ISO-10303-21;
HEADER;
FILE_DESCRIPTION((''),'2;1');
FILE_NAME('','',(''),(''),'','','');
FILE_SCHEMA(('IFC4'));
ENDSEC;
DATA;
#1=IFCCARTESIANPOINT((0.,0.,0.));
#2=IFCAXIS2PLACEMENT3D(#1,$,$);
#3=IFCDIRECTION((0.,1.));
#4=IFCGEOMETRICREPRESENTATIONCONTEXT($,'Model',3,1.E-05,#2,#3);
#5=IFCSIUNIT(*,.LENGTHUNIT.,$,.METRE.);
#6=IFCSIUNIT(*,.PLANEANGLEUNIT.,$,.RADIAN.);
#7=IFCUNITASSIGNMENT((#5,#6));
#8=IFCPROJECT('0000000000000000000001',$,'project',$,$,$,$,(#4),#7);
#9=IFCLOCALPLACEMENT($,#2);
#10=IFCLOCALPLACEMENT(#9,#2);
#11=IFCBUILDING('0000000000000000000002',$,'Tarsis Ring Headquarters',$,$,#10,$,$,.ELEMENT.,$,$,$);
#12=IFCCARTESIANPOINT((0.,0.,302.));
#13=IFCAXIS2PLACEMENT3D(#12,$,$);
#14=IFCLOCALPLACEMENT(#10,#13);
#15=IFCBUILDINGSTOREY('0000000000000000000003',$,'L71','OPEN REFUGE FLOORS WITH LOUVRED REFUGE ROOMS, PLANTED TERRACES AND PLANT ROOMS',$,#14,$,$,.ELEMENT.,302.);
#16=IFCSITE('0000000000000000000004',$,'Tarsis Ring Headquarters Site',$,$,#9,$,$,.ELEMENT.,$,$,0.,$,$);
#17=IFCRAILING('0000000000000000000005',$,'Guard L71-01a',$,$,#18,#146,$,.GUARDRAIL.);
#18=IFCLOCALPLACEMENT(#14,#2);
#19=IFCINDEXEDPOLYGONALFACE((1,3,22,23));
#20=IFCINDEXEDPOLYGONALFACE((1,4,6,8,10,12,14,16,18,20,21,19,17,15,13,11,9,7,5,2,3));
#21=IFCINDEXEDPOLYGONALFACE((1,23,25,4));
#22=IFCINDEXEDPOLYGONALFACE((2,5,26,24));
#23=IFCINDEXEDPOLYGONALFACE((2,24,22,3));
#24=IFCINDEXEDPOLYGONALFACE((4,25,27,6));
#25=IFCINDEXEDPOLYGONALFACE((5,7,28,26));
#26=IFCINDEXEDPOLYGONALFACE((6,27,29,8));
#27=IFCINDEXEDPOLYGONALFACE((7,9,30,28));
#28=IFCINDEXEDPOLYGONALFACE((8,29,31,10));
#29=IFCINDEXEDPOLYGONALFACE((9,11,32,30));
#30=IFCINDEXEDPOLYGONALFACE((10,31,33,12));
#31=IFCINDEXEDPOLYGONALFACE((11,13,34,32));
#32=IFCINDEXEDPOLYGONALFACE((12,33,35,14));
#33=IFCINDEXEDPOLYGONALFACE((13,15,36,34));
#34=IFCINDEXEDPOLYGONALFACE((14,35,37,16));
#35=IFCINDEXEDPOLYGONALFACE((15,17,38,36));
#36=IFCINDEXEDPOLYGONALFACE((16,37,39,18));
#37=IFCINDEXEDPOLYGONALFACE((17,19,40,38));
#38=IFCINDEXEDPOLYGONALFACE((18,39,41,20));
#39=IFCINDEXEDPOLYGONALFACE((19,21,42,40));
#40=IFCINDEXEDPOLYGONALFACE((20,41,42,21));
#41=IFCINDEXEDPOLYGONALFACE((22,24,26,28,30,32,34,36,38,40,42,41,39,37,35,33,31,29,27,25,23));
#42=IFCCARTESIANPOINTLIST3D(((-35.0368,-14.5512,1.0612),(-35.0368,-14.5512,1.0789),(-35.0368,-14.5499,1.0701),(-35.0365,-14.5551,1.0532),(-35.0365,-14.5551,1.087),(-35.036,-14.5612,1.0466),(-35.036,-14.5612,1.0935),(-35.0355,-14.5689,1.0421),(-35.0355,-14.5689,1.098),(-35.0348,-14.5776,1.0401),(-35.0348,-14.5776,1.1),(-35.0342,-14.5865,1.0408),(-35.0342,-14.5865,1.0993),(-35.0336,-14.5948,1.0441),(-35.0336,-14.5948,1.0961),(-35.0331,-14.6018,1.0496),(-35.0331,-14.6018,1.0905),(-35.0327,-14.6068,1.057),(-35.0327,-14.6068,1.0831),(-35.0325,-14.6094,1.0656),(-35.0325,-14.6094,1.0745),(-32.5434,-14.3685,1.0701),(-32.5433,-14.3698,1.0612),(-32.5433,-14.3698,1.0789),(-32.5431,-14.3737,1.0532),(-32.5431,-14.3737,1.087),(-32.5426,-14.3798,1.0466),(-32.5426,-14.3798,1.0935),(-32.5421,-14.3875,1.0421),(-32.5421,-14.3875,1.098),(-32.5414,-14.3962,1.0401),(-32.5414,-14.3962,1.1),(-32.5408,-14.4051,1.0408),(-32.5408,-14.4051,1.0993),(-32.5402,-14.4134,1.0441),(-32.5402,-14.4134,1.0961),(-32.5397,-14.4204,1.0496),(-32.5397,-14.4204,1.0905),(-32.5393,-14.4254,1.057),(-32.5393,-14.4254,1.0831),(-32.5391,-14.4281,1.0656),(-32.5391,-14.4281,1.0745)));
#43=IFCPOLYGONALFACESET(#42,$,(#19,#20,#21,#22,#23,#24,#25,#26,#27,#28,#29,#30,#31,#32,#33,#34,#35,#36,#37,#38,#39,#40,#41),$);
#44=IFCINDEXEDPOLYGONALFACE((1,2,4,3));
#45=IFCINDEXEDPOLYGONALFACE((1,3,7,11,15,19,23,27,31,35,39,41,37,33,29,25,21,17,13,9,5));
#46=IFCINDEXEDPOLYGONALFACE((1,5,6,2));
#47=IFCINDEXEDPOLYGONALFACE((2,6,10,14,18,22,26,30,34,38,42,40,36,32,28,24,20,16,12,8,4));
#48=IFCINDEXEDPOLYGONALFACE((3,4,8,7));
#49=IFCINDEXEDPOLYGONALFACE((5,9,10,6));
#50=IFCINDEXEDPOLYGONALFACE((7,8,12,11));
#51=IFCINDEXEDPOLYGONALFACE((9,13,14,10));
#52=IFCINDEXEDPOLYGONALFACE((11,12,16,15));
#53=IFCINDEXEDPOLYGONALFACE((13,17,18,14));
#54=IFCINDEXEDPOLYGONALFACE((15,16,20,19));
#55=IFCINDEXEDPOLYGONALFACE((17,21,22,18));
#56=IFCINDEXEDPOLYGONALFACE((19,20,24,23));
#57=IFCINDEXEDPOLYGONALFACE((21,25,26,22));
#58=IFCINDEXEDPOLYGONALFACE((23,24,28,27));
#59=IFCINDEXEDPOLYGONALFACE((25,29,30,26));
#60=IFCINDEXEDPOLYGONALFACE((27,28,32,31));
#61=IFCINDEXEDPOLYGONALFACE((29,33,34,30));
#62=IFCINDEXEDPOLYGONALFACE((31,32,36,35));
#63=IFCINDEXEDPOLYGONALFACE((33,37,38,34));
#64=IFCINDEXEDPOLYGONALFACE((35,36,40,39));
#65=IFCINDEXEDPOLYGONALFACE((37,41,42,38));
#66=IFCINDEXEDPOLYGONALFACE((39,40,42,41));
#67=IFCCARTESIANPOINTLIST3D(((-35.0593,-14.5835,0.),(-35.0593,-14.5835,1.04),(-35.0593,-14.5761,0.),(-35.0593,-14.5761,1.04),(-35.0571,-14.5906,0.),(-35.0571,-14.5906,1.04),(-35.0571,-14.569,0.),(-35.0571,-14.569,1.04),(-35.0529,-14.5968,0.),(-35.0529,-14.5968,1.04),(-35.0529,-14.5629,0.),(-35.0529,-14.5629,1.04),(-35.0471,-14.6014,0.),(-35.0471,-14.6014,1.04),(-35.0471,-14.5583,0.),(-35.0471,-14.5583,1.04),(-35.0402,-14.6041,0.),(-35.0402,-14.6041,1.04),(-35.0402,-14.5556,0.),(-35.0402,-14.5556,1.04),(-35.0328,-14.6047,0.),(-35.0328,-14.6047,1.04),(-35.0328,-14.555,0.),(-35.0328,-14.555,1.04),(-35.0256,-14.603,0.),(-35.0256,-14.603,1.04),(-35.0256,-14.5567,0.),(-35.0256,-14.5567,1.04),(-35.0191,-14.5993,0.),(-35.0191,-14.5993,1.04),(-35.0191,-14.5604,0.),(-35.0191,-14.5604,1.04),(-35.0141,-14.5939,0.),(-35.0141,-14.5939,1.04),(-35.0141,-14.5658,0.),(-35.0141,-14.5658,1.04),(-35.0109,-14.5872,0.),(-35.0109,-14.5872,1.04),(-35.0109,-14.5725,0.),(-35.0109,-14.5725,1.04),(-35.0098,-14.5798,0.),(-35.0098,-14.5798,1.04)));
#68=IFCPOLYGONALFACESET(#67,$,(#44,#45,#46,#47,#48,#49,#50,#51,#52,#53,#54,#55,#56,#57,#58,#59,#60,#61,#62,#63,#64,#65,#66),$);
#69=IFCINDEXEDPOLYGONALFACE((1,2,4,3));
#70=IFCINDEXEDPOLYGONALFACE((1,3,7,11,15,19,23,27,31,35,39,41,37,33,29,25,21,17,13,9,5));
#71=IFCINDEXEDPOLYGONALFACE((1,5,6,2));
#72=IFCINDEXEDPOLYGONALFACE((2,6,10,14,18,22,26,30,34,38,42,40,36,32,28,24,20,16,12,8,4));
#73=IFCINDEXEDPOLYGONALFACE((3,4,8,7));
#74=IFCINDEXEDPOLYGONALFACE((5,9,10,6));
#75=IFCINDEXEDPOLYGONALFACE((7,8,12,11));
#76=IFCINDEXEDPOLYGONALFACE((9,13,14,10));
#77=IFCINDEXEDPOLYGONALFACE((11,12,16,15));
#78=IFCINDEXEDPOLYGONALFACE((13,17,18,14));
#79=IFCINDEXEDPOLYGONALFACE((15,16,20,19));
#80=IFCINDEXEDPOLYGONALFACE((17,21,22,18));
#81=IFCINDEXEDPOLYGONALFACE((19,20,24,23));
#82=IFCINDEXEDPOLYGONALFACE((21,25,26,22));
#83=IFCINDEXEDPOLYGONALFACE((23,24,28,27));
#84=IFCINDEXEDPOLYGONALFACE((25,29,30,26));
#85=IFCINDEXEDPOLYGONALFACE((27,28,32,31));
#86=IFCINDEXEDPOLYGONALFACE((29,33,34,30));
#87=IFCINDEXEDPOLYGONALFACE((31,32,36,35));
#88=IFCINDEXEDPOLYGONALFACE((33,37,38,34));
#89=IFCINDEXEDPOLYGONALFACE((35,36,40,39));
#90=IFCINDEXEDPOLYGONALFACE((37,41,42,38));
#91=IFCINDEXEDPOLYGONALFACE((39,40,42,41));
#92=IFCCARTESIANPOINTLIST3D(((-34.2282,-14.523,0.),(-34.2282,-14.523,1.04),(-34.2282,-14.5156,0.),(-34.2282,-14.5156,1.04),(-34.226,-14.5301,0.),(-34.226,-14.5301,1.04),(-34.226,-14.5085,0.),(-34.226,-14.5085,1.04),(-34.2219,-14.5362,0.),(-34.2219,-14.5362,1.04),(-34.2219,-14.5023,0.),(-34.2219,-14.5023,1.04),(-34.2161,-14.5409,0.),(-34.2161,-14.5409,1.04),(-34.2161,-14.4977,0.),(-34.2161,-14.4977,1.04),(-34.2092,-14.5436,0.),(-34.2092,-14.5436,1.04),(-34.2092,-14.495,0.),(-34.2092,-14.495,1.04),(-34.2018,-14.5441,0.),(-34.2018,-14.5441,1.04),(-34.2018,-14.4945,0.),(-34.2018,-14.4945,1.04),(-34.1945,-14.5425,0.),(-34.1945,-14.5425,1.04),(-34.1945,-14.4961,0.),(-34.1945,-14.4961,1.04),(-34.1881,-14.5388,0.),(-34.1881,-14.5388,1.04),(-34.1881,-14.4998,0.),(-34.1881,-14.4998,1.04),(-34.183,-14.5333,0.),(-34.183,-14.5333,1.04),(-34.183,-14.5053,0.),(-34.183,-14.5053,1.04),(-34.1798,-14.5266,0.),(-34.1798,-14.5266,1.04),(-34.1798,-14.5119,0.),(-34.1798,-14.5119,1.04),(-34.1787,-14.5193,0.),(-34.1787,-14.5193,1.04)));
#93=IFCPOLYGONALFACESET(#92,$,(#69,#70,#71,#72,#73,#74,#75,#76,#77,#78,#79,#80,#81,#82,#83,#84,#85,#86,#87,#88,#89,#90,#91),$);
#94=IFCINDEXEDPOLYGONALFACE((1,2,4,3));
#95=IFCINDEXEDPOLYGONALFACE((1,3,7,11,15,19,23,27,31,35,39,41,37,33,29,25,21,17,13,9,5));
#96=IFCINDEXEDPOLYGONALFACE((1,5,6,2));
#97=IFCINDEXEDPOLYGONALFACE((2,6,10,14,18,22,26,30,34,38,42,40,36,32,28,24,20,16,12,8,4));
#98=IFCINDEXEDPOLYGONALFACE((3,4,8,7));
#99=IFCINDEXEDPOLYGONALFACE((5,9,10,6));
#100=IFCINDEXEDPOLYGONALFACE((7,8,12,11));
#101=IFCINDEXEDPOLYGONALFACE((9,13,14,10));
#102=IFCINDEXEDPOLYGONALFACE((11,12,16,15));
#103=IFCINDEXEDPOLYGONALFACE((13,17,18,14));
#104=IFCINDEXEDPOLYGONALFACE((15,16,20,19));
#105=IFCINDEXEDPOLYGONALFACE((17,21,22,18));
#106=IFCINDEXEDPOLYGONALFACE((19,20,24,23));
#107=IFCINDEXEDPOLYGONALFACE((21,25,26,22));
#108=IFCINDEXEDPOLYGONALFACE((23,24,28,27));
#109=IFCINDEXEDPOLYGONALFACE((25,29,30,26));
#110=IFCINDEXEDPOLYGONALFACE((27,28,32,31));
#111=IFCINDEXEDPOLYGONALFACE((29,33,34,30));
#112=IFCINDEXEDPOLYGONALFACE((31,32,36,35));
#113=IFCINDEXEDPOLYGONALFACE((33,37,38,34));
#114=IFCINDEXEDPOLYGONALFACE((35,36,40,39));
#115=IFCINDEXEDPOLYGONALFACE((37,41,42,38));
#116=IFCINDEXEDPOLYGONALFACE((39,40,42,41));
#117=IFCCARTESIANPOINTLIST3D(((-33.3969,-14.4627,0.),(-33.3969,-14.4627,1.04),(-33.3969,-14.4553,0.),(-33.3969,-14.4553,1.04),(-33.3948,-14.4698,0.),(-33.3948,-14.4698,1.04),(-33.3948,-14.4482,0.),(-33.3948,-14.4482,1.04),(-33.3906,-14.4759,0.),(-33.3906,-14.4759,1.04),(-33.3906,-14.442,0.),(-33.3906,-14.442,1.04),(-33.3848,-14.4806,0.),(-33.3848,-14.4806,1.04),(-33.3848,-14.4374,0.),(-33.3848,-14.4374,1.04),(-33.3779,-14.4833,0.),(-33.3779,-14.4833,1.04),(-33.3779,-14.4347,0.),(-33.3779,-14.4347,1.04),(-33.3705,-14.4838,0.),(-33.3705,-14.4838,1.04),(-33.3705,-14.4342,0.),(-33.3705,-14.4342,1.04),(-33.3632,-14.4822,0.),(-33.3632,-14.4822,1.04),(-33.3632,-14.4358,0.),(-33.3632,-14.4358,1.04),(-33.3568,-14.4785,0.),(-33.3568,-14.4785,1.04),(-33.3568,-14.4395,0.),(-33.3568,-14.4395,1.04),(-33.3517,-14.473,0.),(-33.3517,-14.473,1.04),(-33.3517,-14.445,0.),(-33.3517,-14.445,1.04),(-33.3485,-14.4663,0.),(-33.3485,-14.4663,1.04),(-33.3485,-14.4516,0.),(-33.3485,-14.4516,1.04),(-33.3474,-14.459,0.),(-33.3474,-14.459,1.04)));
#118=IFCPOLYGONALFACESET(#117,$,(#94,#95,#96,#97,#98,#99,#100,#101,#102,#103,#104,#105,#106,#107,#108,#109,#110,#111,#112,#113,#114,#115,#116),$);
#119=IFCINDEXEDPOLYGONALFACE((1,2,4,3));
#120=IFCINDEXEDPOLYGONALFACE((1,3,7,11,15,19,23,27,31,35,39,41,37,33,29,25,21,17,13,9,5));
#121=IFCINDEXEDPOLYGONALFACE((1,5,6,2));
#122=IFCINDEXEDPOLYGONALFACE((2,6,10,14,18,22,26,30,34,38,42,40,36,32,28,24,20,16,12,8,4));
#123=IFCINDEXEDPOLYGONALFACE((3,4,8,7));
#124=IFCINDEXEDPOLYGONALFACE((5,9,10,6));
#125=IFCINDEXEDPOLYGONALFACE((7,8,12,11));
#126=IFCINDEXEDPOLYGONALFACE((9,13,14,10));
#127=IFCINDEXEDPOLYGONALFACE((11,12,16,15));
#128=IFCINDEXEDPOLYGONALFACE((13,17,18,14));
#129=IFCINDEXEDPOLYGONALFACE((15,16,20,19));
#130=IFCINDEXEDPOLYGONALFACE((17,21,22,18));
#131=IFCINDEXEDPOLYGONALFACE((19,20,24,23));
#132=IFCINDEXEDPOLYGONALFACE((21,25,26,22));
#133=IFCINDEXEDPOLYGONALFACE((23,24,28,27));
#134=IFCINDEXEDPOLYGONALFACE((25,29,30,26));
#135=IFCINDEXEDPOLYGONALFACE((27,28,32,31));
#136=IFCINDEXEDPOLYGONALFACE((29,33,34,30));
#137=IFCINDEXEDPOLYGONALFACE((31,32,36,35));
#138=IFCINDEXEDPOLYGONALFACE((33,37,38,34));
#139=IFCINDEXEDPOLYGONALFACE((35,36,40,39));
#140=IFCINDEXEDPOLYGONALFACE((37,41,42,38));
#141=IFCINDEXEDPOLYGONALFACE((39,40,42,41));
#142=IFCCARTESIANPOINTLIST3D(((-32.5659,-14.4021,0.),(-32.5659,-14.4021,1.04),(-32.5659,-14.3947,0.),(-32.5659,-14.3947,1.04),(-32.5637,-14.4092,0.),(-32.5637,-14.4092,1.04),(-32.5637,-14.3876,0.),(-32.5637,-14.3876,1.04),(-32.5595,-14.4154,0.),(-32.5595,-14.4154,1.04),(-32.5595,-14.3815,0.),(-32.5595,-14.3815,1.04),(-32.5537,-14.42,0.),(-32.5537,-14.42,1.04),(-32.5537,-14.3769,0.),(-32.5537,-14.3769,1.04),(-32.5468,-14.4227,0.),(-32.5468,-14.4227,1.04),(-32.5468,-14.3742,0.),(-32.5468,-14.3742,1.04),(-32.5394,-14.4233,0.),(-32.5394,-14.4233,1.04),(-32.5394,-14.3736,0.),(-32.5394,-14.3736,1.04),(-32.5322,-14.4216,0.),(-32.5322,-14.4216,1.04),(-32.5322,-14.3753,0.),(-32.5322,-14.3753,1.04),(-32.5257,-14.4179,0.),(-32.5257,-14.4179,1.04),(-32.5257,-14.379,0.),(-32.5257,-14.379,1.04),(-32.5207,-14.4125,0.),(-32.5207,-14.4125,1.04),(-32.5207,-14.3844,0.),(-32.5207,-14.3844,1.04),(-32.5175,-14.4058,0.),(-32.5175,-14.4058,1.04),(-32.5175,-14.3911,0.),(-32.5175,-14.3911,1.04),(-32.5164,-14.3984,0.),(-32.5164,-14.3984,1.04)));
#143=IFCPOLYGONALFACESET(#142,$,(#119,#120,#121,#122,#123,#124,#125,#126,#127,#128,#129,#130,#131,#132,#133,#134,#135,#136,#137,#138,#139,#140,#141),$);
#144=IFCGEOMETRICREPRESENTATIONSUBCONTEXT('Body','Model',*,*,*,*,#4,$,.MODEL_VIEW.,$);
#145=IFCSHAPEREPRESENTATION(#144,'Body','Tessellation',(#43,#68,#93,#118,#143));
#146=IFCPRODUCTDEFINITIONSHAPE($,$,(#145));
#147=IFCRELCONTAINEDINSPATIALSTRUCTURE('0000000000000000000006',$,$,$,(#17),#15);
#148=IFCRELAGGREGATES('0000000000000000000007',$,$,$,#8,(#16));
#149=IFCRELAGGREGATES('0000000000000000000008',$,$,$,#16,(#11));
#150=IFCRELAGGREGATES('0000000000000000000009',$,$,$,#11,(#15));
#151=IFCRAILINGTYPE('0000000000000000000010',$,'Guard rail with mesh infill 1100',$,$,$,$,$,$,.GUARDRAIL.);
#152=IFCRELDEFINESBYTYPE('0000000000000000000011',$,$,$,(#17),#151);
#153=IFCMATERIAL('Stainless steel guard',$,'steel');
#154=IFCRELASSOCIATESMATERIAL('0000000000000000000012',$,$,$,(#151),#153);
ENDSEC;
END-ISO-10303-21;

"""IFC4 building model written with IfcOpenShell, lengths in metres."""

from ifc_helpers import new_model, si_unit, direction, frame, origin, origin_2d, place, context, subcontext, project, spatial, circle, extrude, material, type_object, element, save


model = new_model("IFC4")

# Units and contexts
model_context = context("Model", 3, precision=1e-05, world=origin(), true_north=direction((0.0, 1.0)))
body_context = subcontext(model_context, "Body", "Model", "MODEL_VIEW")
ifc_project = project(units=[si_unit("LENGTHUNIT", "METRE"), si_unit("PLANEANGLEUNIT", "RADIAN")], contexts=[model_context])

# Site, building, storey
site_placement = place(None, origin())
site = spatial("IfcSite", under=ifc_project, at=site_placement, Name="Tarsis Ring Headquarters Site", CompositionType="ELEMENT", RefElevation=0.0)
building_placement = place(site_placement, origin())
building = spatial("IfcBuilding", under=site, at=building_placement, Name="Tarsis Ring Headquarters", CompositionType="ELEMENT")
storey_placement = place(building_placement, frame((0.0, 0.0, 302.0)))
storey = spatial("IfcBuildingStorey", under=building, at=storey_placement, Name="L71", Description="OPEN REFUGE FLOORS WITH LOUVRED REFUGE ROOMS, PLANTED TERRACES AND PLANT ROOMS", CompositionType="ELEMENT", Elevation=302.0)

# Railing
ifc_material_1 = material(Name="Stainless steel guard", Category="steel")
railing_type_1 = type_object("IfcRailingType", Name="Guard rail with mesh infill 1100", PredefinedType="GUARDRAIL", material=ifc_material_1)
railing_1_placement = place(storey_placement, frame((-35.0347, -14.5798, 0.0)))
element("IfcRailing", 1, at=railing_1_placement, inside=storey, type_object=railing_type_1, Name="Guard L71-01a", PredefinedType="GUARDRAIL", context=body_context, shape_type="SweptSolid", body=[
    extrude(circle(Radius=0.03, at=origin_2d()), frame((0.0, 0.0, 1.0701), z_axis=(0.997364, 0.072559, 0.0), x_axis=(-0.072559, 0.997364, 0.0)), (0.0, 0.0, 1.0), 2.5),
    extrude(circle(Radius=0.0249, at=origin_2d()), origin(), (0.0, 0.0, 1.0), 1.04),
    extrude(circle(Radius=0.0249, at=origin_2d()), frame((0.8311, 0.0605, 0.0)), (0.0, 0.0, 1.0), 1.04),
    extrude(circle(Radius=0.0249, at=origin_2d()), frame((1.6624, 0.1208, 0.0)), (0.0, 0.0, 1.0), 1.04),
    extrude(circle(Radius=0.0249, at=origin_2d()), frame((2.4934, 0.1814, 0.0)), (0.0, 0.0, 1.0), 1.04),
])

save(model, "model.ifc")
